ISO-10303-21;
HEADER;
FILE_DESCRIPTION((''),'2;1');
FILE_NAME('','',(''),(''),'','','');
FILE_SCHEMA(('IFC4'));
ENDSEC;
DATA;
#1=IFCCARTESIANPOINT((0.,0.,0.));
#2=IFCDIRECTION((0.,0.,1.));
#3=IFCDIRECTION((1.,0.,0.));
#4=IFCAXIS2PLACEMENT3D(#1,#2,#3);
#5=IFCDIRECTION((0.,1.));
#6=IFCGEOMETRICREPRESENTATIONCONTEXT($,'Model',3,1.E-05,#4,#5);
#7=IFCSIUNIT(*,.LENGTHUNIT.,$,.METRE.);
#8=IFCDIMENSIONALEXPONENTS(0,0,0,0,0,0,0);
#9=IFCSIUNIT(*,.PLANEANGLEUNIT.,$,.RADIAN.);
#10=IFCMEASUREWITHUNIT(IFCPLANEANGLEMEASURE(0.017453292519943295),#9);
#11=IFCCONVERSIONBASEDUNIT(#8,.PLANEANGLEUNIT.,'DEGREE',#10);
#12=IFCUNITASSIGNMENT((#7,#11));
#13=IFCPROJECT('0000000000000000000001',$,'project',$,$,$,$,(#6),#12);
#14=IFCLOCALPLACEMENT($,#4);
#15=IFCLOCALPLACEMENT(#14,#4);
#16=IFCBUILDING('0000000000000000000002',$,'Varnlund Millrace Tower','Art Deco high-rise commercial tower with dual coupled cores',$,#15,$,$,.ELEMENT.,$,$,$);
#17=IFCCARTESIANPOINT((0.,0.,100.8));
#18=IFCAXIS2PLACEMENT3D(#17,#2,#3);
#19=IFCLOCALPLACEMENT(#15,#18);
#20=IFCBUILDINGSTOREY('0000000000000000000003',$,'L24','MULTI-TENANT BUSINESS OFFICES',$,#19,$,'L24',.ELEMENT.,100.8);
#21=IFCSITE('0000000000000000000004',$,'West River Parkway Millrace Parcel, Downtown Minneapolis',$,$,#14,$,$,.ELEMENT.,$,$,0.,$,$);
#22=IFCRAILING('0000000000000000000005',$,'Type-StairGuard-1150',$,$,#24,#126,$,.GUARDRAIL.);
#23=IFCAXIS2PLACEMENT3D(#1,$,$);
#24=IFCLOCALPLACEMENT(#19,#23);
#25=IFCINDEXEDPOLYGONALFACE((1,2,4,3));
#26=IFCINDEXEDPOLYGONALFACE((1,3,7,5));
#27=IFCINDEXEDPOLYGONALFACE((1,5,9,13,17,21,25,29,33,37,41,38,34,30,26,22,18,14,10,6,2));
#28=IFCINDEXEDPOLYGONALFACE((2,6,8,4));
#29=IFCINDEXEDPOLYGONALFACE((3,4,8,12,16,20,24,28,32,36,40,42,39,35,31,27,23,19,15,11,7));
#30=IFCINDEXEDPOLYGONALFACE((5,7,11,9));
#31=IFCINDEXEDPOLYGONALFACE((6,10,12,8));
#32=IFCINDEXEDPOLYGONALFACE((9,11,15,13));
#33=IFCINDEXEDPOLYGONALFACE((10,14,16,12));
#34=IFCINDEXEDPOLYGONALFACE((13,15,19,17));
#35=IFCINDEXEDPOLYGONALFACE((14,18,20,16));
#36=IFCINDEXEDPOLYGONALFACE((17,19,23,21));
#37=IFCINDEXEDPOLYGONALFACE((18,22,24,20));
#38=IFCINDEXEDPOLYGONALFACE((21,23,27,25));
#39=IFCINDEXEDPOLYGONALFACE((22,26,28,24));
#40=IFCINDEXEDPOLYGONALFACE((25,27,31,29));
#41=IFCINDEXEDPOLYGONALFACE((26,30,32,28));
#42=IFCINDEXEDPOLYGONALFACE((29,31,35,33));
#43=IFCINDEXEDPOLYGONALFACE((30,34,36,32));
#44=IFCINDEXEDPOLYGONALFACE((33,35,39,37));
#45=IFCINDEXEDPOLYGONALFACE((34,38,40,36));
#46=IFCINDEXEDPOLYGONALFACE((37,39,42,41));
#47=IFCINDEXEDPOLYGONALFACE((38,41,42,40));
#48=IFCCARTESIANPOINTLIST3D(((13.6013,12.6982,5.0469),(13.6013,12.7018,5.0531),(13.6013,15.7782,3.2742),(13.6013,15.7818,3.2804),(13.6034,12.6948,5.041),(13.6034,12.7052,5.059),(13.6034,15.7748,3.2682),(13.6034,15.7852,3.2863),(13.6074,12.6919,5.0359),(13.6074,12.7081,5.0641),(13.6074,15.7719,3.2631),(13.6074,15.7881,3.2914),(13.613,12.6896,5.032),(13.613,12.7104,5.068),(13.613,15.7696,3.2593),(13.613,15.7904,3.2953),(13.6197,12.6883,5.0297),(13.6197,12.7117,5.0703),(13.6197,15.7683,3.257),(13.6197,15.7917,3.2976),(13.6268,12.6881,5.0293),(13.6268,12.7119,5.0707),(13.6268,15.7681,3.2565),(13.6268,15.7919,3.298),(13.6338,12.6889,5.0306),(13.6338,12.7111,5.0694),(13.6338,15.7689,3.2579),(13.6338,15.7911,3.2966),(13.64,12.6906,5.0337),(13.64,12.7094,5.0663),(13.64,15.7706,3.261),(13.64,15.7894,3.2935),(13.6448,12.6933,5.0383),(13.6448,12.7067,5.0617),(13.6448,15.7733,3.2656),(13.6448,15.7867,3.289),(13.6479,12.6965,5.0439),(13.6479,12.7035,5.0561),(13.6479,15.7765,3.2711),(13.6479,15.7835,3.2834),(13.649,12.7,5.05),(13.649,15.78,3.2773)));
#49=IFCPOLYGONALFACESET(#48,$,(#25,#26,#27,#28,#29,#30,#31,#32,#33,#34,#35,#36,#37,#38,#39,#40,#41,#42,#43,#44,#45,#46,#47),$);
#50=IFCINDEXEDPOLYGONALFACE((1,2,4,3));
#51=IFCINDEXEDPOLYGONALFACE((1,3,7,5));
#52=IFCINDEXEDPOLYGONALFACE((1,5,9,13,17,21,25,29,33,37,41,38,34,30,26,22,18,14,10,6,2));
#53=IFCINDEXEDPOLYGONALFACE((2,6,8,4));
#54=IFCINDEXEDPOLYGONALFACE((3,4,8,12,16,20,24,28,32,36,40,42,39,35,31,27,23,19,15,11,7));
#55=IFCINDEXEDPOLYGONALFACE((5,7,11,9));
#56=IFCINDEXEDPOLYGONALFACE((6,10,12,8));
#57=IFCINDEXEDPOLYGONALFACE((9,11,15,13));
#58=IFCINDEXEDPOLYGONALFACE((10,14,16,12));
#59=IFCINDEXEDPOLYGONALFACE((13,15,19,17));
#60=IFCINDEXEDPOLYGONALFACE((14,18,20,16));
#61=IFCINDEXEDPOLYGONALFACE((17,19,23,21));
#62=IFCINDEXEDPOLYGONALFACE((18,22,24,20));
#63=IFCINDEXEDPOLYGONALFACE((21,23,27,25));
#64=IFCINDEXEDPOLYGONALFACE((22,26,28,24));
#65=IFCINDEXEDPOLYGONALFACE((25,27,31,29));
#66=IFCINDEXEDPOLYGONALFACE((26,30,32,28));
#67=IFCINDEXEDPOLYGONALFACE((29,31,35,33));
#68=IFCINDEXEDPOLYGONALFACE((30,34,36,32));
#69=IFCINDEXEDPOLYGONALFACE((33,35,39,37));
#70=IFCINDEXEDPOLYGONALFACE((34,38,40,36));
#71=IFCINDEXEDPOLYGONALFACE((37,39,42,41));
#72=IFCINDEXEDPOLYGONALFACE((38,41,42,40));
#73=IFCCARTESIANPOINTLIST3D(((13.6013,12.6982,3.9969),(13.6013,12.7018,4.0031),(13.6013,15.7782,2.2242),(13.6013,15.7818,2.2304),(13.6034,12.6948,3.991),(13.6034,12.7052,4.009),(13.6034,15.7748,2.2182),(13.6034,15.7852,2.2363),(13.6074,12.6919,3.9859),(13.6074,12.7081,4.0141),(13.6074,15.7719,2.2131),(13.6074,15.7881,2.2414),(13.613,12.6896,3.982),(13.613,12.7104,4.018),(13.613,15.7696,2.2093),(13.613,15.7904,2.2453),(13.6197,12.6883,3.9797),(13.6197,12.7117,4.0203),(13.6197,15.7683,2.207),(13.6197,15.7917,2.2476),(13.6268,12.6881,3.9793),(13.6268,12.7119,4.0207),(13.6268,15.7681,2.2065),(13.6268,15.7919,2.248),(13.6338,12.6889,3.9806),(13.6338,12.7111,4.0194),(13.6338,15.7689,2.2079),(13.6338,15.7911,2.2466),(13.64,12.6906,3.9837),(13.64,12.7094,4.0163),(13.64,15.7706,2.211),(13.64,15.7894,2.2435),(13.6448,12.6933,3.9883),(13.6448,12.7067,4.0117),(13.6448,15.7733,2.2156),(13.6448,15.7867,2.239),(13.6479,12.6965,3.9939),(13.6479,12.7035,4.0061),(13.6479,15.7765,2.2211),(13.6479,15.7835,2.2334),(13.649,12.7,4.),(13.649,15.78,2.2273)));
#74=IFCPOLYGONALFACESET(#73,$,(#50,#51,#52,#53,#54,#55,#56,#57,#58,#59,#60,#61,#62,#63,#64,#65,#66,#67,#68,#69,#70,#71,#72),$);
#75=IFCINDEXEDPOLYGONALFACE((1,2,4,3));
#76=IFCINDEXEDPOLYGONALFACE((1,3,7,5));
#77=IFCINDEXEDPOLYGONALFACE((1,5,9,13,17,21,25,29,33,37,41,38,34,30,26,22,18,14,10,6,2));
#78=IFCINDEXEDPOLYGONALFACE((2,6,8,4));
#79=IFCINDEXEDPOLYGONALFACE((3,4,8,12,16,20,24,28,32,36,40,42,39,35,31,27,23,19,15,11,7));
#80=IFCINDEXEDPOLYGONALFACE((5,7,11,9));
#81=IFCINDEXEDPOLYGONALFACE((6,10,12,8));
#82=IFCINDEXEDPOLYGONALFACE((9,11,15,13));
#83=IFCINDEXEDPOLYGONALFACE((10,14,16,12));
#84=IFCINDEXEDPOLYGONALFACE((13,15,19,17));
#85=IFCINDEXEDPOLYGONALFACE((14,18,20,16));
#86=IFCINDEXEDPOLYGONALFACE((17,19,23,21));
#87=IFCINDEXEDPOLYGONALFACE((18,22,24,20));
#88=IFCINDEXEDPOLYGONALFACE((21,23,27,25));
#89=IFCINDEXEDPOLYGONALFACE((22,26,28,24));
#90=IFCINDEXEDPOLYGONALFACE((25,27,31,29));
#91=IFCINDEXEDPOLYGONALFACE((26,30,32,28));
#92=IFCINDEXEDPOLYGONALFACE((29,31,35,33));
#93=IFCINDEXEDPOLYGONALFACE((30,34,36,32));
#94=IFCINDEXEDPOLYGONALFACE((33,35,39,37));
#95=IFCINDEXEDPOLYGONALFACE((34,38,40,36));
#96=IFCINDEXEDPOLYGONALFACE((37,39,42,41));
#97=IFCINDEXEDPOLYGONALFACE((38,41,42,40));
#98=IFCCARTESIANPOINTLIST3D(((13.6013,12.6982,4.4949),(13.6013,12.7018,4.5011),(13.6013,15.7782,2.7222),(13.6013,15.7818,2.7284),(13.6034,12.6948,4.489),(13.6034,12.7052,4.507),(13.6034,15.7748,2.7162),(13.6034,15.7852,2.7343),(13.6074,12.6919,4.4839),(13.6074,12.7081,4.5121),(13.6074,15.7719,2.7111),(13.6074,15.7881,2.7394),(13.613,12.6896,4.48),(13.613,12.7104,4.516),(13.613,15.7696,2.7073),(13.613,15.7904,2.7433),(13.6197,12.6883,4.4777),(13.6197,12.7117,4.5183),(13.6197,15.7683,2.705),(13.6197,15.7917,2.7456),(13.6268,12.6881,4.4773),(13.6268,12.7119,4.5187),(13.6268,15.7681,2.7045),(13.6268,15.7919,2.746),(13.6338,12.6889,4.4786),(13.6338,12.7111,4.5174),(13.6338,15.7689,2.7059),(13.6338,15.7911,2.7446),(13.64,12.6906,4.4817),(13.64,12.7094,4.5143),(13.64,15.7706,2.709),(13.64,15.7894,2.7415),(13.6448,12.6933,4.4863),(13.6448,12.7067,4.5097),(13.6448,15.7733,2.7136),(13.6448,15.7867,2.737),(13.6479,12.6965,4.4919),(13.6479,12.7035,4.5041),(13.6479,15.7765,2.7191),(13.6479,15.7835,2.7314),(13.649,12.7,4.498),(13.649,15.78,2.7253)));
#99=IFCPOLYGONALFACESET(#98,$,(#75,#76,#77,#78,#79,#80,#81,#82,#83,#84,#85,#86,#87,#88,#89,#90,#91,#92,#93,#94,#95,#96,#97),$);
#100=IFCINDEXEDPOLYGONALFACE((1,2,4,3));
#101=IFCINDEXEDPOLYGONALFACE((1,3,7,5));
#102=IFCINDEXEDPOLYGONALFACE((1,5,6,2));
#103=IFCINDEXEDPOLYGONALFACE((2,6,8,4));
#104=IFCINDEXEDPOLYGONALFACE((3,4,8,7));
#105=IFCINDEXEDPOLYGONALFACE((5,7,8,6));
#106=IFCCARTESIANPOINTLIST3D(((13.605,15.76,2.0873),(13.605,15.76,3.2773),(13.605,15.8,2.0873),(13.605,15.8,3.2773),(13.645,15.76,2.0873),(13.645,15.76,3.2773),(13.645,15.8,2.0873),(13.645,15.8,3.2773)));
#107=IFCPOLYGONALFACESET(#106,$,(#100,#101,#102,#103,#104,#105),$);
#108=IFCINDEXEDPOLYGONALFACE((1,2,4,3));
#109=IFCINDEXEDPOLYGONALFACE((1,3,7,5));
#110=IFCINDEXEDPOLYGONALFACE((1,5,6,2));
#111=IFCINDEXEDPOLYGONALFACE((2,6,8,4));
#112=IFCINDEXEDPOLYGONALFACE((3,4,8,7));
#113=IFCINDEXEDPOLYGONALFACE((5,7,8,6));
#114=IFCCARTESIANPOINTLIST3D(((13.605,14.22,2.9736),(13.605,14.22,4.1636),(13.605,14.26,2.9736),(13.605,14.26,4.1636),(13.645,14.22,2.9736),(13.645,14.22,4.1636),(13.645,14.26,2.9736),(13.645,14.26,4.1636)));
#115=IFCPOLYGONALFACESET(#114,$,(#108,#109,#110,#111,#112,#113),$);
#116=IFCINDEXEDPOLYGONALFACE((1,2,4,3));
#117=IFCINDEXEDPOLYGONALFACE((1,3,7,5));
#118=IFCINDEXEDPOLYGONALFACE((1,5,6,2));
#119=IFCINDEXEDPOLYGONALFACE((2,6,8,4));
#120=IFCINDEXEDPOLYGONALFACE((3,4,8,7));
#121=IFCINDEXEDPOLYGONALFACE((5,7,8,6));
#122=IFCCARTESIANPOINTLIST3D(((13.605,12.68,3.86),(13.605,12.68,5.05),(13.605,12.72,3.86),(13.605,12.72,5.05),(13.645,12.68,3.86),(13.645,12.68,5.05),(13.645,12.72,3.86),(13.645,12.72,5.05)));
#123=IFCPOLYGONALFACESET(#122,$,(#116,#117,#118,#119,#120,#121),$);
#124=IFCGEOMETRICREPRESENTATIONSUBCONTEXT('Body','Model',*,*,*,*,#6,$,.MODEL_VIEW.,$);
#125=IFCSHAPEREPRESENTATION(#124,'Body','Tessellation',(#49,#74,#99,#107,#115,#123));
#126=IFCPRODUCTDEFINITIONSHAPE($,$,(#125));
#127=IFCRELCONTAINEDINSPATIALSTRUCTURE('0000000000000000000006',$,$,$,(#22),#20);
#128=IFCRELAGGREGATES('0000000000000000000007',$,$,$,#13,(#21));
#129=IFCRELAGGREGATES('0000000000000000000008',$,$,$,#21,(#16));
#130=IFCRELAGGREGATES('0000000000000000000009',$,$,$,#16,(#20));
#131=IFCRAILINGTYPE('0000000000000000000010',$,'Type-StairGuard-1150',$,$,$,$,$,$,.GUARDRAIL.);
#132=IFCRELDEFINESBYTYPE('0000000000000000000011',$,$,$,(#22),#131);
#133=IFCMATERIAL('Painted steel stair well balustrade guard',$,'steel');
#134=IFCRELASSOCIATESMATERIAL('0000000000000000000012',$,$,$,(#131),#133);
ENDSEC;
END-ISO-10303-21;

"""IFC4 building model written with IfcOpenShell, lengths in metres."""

from ifc_helpers import new_model, entity, si_unit, converted_unit, direction, frame, origin_with_axes, origin_2d_with_axis, place, context, subcontext, project, spatial, rectangle, circle, extrude, material, type_object, element, save


model = new_model("IFC4")

# Units and contexts
model_context = context("Model", 3, precision=1e-05, world=origin_with_axes(), true_north=direction((0.0, 1.0)))
body_context = subcontext(model_context, "Body", "Model", "MODEL_VIEW")
ifc_project = project(units=[si_unit("LENGTHUNIT", "METRE"), converted_unit("PLANEANGLEUNIT", "DEGREE", entity("IfcPlaneAngleMeasure", 0.017453292519943295), si_unit("PLANEANGLEUNIT", "RADIAN"), dimensions=[0, 0, 0, 0, 0, 0, 0])], contexts=[model_context])

# Site, building, storey
site_placement = place(None, origin_with_axes())
site = spatial("IfcSite", under=ifc_project, at=site_placement, Name="West River Parkway Millrace Parcel, Downtown Minneapolis", CompositionType="ELEMENT", RefElevation=0.0)
building_placement = place(site_placement, origin_with_axes())
building = spatial("IfcBuilding", under=site, at=building_placement, Name="Varnlund Millrace Tower", Description="Art Deco high-rise commercial tower with dual coupled cores", CompositionType="ELEMENT")
storey_placement = place(building_placement, frame((0.0, 0.0, 100.8), z_axis=(0.0, 0.0, 1.0), x_axis=(1.0, 0.0, 0.0)))
storey = spatial("IfcBuildingStorey", under=building, at=storey_placement, Name="L24", Description="MULTI-TENANT BUSINESS OFFICES", LongName="L24", CompositionType="ELEMENT", Elevation=100.8)

# Railing
ifc_material_1 = material(Name="Painted steel stair well balustrade guard", Category="steel")
railing_type_1 = type_object("IfcRailingType", Name="Type-StairGuard-1150", PredefinedType="GUARDRAIL", material=ifc_material_1)
railing_1_placement = place(storey_placement, frame((0.0, 0.0, -100.8), z_axis=(0.0, 0.0, 1.0), x_axis=(1.0, 0.0, 0.0)))
element("IfcRailing", 1, at=railing_1_placement, inside=storey, type_object=railing_type_1, Name="Type-StairGuard-1150", PredefinedType="GUARDRAIL", context=body_context, shape_type="SweptSolid", body=[
    extrude(circle(Radius=0.024, at=origin_2d_with_axis()), frame((13.625, 15.78, 104.0773), z_axis=(0.0, -0.866696, 0.498836), x_axis=(1.0, 0.0, 0.0)), (0.0, 0.0, 1.0), 3.5537),
    extrude(circle(Radius=0.024, at=origin_2d_with_axis()), frame((13.625, 15.78, 103.0273), z_axis=(0.0, -0.866696, 0.498836), x_axis=(1.0, 0.0, 0.0)), (0.0, 0.0, 1.0), 3.5537),
    extrude(circle(Radius=0.024, at=origin_2d_with_axis()), frame((13.625, 15.78, 103.5253), z_axis=(0.0, -0.866696, 0.498836), x_axis=(1.0, 0.0, 0.0)), (0.0, 0.0, 1.0), 3.5537),
    extrude(rectangle(XDim=0.04, YDim=0.04, at=origin_2d_with_axis()), frame((13.625, 15.78, 102.8873), z_axis=(0.0, 0.0, 1.0), x_axis=(1.0, 0.0, 0.0)), (0.0, 0.0, 1.0), 1.19),
    extrude(rectangle(XDim=0.04, YDim=0.04, at=origin_2d_with_axis()), frame((13.625, 14.24, 103.7736), z_axis=(0.0, 0.0, 1.0), x_axis=(1.0, 0.0, 0.0)), (0.0, 0.0, 1.0), 1.19),
    extrude(rectangle(XDim=0.04, YDim=0.04, at=origin_2d_with_axis()), frame((13.625, 12.7, 104.66), z_axis=(0.0, 0.0, 1.0), x_axis=(1.0, 0.0, 0.0)), (0.0, 0.0, 1.0), 1.19),
])

save(model, "model.ifc")
